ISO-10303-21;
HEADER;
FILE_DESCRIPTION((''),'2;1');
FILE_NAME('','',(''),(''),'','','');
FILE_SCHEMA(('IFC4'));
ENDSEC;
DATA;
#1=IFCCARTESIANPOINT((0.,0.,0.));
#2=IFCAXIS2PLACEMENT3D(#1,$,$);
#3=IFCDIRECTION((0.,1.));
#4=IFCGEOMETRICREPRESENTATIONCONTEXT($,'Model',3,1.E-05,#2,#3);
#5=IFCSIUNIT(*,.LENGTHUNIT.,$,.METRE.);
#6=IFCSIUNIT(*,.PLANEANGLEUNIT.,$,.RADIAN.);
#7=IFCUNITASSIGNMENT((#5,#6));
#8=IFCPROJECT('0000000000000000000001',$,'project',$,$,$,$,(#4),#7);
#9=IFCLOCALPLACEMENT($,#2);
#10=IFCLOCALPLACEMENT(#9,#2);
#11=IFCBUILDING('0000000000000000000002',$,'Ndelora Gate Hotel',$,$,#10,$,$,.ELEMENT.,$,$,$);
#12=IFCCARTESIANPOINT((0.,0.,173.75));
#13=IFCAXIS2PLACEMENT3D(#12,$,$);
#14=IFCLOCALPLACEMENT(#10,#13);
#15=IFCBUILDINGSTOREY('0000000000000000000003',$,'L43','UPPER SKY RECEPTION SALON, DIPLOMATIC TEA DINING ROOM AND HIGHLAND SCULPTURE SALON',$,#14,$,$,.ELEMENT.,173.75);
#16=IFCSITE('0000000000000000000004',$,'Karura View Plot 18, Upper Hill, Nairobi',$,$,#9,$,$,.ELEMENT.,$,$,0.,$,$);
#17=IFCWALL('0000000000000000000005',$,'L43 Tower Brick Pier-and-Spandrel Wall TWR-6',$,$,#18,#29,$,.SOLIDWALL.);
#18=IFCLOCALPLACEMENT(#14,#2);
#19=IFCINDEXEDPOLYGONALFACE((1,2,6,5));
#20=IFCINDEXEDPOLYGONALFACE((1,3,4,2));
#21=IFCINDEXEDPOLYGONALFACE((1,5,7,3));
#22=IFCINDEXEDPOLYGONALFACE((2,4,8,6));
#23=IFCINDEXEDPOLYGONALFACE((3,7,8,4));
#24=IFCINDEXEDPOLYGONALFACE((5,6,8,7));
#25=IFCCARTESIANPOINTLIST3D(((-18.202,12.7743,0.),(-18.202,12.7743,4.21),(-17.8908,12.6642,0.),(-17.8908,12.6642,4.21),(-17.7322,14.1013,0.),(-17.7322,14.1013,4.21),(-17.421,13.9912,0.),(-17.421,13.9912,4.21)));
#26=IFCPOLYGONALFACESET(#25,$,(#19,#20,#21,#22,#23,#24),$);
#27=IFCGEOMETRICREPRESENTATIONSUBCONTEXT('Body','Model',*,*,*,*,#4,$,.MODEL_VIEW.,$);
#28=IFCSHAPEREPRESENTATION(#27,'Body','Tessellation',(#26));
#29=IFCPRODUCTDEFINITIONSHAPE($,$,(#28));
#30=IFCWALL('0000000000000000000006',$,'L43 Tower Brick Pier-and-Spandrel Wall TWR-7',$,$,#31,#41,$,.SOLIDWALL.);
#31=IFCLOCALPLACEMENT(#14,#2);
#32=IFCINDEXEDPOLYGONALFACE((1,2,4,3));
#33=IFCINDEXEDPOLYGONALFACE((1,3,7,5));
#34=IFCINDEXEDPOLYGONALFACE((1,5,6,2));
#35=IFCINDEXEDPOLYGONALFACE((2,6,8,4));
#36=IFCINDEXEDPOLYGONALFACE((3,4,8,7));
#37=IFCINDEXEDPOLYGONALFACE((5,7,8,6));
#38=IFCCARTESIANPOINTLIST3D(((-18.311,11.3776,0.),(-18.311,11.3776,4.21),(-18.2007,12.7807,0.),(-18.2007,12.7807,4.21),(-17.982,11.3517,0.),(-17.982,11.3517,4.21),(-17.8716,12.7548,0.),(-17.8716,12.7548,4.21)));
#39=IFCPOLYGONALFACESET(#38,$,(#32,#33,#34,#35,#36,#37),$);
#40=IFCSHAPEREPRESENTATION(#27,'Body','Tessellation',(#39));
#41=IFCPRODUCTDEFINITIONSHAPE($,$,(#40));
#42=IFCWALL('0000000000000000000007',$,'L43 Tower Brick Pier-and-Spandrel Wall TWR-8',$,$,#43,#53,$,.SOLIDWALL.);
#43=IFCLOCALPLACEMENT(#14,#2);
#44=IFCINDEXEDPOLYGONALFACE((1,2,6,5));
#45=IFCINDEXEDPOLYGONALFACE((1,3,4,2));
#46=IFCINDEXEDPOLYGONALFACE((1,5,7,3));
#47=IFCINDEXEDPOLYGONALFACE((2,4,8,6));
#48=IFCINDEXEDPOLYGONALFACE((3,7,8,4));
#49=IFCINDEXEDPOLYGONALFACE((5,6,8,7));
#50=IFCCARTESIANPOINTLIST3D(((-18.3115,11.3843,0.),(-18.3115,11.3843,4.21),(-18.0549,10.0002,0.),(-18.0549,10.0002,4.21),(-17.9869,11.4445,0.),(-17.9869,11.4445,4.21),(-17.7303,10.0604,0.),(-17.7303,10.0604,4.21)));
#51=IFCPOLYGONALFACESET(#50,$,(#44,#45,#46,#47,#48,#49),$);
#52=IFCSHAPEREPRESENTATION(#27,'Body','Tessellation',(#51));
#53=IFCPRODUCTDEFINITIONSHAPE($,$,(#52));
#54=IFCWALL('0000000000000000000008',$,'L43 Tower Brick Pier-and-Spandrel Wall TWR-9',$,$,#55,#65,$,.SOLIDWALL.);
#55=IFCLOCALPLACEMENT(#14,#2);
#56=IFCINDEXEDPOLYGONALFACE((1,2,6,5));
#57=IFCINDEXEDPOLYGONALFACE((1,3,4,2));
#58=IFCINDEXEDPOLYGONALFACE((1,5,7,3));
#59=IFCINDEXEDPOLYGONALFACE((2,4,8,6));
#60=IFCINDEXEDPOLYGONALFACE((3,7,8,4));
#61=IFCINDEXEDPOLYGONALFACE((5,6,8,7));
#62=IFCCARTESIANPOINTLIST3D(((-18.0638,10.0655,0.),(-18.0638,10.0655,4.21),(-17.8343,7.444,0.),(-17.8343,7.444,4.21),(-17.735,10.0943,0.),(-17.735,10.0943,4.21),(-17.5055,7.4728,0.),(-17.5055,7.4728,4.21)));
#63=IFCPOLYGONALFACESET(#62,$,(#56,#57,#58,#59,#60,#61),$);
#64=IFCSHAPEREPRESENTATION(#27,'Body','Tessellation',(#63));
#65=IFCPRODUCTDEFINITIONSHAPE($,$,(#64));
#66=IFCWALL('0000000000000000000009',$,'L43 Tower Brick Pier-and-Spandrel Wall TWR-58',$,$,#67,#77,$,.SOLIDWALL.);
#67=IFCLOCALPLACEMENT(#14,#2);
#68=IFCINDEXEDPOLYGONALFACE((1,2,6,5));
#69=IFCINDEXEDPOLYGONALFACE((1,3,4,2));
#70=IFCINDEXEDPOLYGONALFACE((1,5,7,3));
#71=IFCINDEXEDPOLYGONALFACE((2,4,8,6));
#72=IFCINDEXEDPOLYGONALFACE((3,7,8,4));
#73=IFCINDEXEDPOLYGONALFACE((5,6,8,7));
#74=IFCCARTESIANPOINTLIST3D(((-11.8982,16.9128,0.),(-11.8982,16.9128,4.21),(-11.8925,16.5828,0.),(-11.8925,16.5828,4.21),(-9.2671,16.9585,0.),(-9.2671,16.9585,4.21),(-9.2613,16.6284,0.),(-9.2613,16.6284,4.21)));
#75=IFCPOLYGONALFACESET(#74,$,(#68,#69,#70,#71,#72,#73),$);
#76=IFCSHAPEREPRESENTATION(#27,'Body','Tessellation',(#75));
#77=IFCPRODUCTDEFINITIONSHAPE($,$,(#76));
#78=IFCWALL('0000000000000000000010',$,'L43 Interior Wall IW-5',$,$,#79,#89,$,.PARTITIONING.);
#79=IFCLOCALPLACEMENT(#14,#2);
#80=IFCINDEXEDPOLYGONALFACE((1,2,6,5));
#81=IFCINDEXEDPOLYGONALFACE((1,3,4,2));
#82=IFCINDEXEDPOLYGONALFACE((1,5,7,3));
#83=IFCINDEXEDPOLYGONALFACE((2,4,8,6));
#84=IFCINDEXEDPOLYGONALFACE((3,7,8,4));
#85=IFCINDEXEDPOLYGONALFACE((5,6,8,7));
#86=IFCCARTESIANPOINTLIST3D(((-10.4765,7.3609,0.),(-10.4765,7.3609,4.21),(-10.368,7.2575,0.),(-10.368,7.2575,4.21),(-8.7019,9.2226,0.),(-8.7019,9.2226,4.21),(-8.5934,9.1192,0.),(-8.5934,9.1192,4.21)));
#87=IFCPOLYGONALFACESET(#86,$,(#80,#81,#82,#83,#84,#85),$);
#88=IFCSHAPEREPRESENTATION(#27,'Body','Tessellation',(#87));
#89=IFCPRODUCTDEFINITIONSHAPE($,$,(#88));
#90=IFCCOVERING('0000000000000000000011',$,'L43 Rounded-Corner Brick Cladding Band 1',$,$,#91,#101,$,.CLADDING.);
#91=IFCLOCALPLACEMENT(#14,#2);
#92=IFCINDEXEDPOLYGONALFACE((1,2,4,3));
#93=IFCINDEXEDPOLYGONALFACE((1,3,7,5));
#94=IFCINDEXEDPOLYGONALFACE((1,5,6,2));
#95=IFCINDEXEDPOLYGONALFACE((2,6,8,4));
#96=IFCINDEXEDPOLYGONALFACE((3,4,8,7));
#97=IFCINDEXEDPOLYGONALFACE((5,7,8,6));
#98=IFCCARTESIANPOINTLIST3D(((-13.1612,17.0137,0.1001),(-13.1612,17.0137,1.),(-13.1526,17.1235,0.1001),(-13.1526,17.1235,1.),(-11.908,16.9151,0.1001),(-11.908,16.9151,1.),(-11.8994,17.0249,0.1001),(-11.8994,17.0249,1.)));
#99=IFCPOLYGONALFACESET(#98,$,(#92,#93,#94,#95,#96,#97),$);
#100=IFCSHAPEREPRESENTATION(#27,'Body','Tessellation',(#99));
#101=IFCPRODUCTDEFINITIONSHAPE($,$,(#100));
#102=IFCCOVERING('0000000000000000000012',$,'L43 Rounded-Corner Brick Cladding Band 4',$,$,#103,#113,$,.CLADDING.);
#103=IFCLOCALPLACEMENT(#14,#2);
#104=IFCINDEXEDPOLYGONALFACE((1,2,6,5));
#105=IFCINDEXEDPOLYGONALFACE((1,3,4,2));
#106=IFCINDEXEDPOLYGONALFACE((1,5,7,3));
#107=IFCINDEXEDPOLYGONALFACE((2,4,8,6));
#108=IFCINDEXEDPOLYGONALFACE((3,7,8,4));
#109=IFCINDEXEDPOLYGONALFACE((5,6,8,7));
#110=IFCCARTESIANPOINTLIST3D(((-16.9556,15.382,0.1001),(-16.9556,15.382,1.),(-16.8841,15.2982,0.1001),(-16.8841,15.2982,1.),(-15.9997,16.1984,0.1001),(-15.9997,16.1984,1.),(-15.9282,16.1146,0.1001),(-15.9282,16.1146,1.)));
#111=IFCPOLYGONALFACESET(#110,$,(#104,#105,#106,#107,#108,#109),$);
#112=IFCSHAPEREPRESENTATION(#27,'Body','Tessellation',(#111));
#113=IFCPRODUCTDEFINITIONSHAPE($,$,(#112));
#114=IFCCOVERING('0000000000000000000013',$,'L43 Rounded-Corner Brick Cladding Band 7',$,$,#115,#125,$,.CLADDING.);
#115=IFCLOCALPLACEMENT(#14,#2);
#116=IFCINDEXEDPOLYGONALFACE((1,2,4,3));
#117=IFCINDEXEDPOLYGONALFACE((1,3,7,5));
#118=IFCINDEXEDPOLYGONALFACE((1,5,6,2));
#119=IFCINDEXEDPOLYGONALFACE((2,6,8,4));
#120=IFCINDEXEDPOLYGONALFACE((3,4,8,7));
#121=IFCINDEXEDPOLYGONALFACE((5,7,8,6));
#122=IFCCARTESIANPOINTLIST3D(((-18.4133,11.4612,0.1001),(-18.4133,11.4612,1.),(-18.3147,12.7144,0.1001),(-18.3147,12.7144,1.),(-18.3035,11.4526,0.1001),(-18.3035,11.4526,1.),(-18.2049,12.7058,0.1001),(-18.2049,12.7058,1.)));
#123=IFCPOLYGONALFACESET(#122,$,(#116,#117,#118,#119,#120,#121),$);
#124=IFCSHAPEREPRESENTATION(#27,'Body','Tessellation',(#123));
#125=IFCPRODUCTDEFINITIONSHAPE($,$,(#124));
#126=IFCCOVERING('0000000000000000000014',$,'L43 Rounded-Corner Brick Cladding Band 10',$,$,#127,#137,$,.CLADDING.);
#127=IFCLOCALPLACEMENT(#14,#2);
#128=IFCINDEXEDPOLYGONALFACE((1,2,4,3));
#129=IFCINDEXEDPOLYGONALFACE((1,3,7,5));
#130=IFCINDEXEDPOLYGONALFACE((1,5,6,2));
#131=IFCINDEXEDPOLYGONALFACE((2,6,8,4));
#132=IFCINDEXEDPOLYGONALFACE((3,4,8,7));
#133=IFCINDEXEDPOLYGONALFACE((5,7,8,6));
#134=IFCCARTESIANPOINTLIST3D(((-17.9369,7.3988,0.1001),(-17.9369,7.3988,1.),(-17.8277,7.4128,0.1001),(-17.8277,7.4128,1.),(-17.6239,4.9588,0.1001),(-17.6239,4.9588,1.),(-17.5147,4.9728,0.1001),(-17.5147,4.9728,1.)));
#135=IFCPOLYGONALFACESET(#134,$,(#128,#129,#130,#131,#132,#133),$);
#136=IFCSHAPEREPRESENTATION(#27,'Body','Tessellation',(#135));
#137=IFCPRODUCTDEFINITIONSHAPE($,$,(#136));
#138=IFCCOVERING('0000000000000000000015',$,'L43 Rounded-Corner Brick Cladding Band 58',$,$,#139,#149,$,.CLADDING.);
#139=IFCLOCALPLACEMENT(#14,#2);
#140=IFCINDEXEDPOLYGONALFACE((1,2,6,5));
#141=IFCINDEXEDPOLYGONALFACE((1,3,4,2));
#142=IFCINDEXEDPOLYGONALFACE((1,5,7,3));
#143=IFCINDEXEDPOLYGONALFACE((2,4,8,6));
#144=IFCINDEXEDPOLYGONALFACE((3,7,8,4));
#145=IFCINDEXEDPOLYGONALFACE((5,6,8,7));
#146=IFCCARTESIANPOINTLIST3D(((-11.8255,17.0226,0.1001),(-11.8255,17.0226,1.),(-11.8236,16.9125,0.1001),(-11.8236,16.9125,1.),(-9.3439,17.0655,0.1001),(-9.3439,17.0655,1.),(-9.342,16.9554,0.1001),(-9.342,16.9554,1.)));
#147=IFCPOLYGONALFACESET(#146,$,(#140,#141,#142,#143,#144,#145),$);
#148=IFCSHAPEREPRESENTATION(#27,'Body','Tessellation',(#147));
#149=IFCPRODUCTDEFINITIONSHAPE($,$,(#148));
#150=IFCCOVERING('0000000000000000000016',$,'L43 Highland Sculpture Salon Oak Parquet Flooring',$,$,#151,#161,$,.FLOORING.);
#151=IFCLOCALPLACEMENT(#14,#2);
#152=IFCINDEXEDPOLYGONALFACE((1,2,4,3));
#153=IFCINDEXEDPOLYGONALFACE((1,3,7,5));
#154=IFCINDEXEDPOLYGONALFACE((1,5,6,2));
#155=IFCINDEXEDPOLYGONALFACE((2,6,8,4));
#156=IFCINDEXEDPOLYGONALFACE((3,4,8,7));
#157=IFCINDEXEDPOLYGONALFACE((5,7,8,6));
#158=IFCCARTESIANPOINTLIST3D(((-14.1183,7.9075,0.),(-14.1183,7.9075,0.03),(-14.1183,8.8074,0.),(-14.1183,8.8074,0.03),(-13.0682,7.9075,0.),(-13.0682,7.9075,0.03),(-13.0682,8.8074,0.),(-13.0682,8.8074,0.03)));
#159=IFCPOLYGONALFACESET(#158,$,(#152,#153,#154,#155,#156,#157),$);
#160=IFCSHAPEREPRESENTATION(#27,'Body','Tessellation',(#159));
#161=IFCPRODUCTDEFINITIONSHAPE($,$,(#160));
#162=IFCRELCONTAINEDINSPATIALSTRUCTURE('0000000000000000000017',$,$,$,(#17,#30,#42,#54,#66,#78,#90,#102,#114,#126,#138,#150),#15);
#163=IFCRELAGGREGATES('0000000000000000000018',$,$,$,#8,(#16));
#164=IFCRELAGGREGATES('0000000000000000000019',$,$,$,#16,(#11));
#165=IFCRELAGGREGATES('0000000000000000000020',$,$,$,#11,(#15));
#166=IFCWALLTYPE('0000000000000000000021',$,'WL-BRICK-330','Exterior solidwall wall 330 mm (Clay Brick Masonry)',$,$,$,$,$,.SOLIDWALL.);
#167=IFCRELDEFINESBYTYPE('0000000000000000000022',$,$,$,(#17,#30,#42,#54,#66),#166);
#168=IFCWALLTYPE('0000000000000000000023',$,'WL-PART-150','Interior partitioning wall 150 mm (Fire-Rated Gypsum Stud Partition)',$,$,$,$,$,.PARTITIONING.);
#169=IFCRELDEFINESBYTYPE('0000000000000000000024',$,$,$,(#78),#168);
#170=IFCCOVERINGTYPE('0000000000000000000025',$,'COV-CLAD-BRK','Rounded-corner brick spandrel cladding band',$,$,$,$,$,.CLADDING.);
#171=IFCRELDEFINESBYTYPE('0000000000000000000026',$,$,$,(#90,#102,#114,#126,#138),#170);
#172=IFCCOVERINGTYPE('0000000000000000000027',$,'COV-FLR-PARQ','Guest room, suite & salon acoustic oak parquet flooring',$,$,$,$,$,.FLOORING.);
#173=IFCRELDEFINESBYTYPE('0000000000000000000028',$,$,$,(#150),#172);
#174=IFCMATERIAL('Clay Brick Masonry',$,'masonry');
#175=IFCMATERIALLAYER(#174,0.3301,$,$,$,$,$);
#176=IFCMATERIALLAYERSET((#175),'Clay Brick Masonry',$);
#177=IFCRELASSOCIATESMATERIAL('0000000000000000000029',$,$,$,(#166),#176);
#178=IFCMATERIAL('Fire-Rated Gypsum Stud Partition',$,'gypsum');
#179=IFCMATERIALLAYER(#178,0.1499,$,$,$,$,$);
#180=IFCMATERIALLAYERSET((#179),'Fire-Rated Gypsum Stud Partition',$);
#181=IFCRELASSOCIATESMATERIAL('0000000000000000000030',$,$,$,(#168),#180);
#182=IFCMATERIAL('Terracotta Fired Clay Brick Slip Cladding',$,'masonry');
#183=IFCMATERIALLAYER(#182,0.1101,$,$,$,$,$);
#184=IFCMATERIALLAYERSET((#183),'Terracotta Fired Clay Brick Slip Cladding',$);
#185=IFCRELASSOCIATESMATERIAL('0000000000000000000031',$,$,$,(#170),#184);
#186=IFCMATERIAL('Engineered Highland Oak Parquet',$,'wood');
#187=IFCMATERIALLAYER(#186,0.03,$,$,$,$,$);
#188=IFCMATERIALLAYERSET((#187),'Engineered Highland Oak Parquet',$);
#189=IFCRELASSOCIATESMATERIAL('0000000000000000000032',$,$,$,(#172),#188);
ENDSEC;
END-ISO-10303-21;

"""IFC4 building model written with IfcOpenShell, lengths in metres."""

from ifc_helpers import new_model, si_unit, direction, frame, frame_2d, origin, origin_2d, place, context, subcontext, project, spatial, rectangle, extrude, material, layer, layer_set, type_object, element, save


model = new_model("IFC4")

# Units and contexts
model_context = context("Model", 3, precision=1e-05, world=origin(), true_north=direction((0.0, 1.0)))
body_context = subcontext(model_context, "Body", "Model", "MODEL_VIEW")
ifc_project = project(units=[si_unit("LENGTHUNIT", "METRE"), si_unit("PLANEANGLEUNIT", "RADIAN")], contexts=[model_context])

# Site, building, storey
site_placement = place(None, origin())
site = spatial("IfcSite", under=ifc_project, at=site_placement, Name="Karura View Plot 18, Upper Hill, Nairobi", CompositionType="ELEMENT", RefElevation=0.0)
building_placement = place(site_placement, origin())
building = spatial("IfcBuilding", under=site, at=building_placement, Name="Ndelora Gate Hotel", CompositionType="ELEMENT")
storey_placement = place(building_placement, frame((0.0, 0.0, 173.75)))
storey = spatial("IfcBuildingStorey", under=building, at=storey_placement, Name="L43", Description="UPPER SKY RECEPTION SALON, DIPLOMATIC TEA DINING ROOM AND HIGHLAND SCULPTURE SALON", CompositionType="ELEMENT", Elevation=173.75)

# Walls
ifc_material_1 = material(Name="Clay Brick Masonry", Category="masonry")
ifc_layer_1 = layer(ifc_material_1, 0.3301)
ifc_layer_set_1 = layer_set([ifc_layer_1], Name="Clay Brick Masonry")
wall_type_1 = type_object("IfcWallType", Name="WL-BRICK-330", Description="Exterior solidwall wall 330 mm (Clay Brick Masonry)", PredefinedType="SOLIDWALL", material=ifc_layer_set_1)
wall_1_placement = place(storey_placement, frame((-18.0464, 12.7192, 0.0), z_axis=(0.0, 0.0, 1.0), x_axis=(0.333709, 0.942676, 0.0)))
element("IfcWall", 1, at=wall_1_placement, inside=storey, type_object=wall_type_1, Name="L43 Tower Brick Pier-and-Spandrel Wall TWR-6", PredefinedType="SOLIDWALL", context=body_context, shape_type="SweptSolid", body=[
    extrude(rectangle(XDim=1.4077, YDim=0.3301, at=frame_2d((0.7039, 0.0))), origin(), (0.0, 0.0, 1.0), 4.21),
])
wall_2_placement = place(storey_placement, frame((-18.1465, 11.3647, 0.0), z_axis=(0.0, 0.0, 1.0), x_axis=(0.078408, 0.996921, 0.0)))
element("IfcWall", 2, at=wall_2_placement, inside=storey, type_object=wall_type_1, Name="L43 Tower Brick Pier-and-Spandrel Wall TWR-7", PredefinedType="SOLIDWALL", context=body_context, shape_type="SweptSolid", body=[
    extrude(rectangle(XDim=1.4075, YDim=0.3301, at=frame_2d((0.7036, 0.0))), origin(), (0.0, 0.0, 1.0), 4.21),
])
wall_3_placement = place(storey_placement, frame((-17.8926, 10.0303, 0.0), z_axis=(0.0, 0.0, 1.0), x_axis=(-0.182288, 0.983245, 0.0)))
element("IfcWall", 3, at=wall_3_placement, inside=storey, type_object=wall_type_1, Name="L43 Tower Brick Pier-and-Spandrel Wall TWR-8", PredefinedType="SOLIDWALL", context=body_context, shape_type="SweptSolid", body=[
    extrude(rectangle(XDim=1.4077, YDim=0.3301, at=frame_2d((0.7039, 0.0))), origin(), (0.0, 0.0, 1.0), 4.21),
])
for number, where, z_axis, x_axis, name in (
    (4, (-17.6699, 7.4583, 0.0), (0.0, 0.0, 1.0), (-0.087206, 0.99619, 0.0), "L43 Tower Brick Pier-and-Spandrel Wall TWR-9"),
    (5, (-11.8955, 16.7478, 0.0), (0.0, 0.0, 1.0), (0.999849, 0.017349, 0.0), "L43 Tower Brick Pier-and-Spandrel Wall TWR-58"),
):
    element("IfcWall", number, at=place(storey_placement, frame(where, z_axis=z_axis, x_axis=x_axis)), inside=storey, type_object=wall_type_1, Name=name, PredefinedType="SOLIDWALL", context=body_context, shape_type="SweptSolid", body=[
        extrude(rectangle(XDim=2.6316, YDim=0.3301, at=frame_2d((1.3159, 0.0))), origin(), (0.0, 0.0, 1.0), 4.21),
    ])
ifc_material_2 = material(Name="Fire-Rated Gypsum Stud Partition", Category="gypsum")
ifc_layer_2 = layer(ifc_material_2, 0.1499)
ifc_layer_set_2 = layer_set([ifc_layer_2], Name="Fire-Rated Gypsum Stud Partition")
wall_type_2 = type_object("IfcWallType", Name="WL-PART-150", Description="Interior partitioning wall 150 mm (Fire-Rated Gypsum Stud Partition)", PredefinedType="PARTITIONING", material=ifc_layer_set_2)
wall_4_placement = place(storey_placement, frame((-10.4224, 7.3091, 0.0), z_axis=(0.0, 0.0, 1.0), x_axis=(0.689961, 0.723847, 0.0)))
element("IfcWall", 6, at=wall_4_placement, inside=storey, type_object=wall_type_2, Name="L43 Interior Wall IW-5", PredefinedType="PARTITIONING", context=body_context, shape_type="SweptSolid", body=[
    extrude(rectangle(XDim=2.572, YDim=0.1499, at=frame_2d((1.2861, 0.0))), origin(), (0.0, 0.0, 1.0), 4.21),
])

# Coverings
ifc_material_3 = material(Name="Terracotta Fired Clay Brick Slip Cladding", Category="masonry")
ifc_layer_3 = layer(ifc_material_3, 0.1101)
ifc_layer_set_3 = layer_set([ifc_layer_3], Name="Terracotta Fired Clay Brick Slip Cladding")
covering_type_1 = type_object("IfcCoveringType", Name="COV-CLAD-BRK", Description="Rounded-corner brick spandrel cladding band", PredefinedType="CLADDING", material=ifc_layer_set_3)
for number, where, z_axis, x_axis, name in (
    (7, (-12.5303, 17.0193, 0.1001), (0.0, 0.0, 1.0), (-0.996917, 0.078459, 0.0), "L43 Rounded-Corner Brick Cladding Band 1"),
    (8, (-16.4419, 15.7483, 0.1001), (0.0, 0.0, 1.0), (0.760406, 0.649448, 0.0), "L43 Rounded-Corner Brick Cladding Band 4"),
    (9, (-18.3091, 12.0835, 0.1001), (0.0, 0.0, 1.0), (0.078459, 0.996917, 0.0), "L43 Rounded-Corner Brick Cladding Band 7"),
):
    element("IfcCovering", number, at=place(storey_placement, frame(where, z_axis=z_axis, x_axis=x_axis)), inside=storey, type_object=covering_type_1, Name=name, PredefinedType="CLADDING", context=body_context, shape_type="SweptSolid", body=[
        extrude(rectangle(XDim=1.2571, YDim=0.1101, at=origin_2d()), origin(), (0.0, 0.0, 1.0), 0.8999),
    ])
covering_1_placement = place(storey_placement, frame((-17.7258, 6.1858, 0.1001), z_axis=(0.0, 0.0, 1.0), x_axis=(-0.127238, 0.991872, 0.0)))
element("IfcCovering", 10, at=covering_1_placement, inside=storey, type_object=covering_type_1, Name="L43 Rounded-Corner Brick Cladding Band 10", PredefinedType="CLADDING", context=body_context, shape_type="SweptSolid", body=[
    extrude(rectangle(XDim=2.46, YDim=0.1101, at=origin_2d()), origin(), (0.0, 0.0, 1.0), 0.8999),
])
covering_2_placement = place(storey_placement, frame((-10.5837, 16.989, 0.1001), z_axis=(0.0, 0.0, 1.0), x_axis=(0.999851, 0.017278, 0.0)))
element("IfcCovering", 11, at=covering_2_placement, inside=storey, type_object=covering_type_1, Name="L43 Rounded-Corner Brick Cladding Band 58", PredefinedType="CLADDING", context=body_context, shape_type="SweptSolid", body=[
    extrude(rectangle(XDim=2.4819, YDim=0.1101, at=origin_2d()), origin(), (0.0, 0.0, 1.0), 0.8999),
])
ifc_material_4 = material(Name="Engineered Highland Oak Parquet", Category="wood")
ifc_layer_4 = layer(ifc_material_4, 0.03)
ifc_layer_set_4 = layer_set([ifc_layer_4], Name="Engineered Highland Oak Parquet")
covering_type_2 = type_object("IfcCoveringType", Name="COV-FLR-PARQ", Description="Guest room, suite & salon acoustic oak parquet flooring", PredefinedType="FLOORING", material=ifc_layer_set_4)
covering_3_placement = place(storey_placement, frame((-13.5933, 8.3574, 0.0), z_axis=(0.0, 0.0, 1.0), x_axis=(1.0, 0.0, 0.0)))
element("IfcCovering", 12, at=covering_3_placement, inside=storey, type_object=covering_type_2, Name="L43 Highland Sculpture Salon Oak Parquet Flooring", PredefinedType="FLOORING", context=body_context, shape_type="SweptSolid", body=[
    extrude(rectangle(XDim=1.05, YDim=0.8999, at=origin_2d()), origin(), (0.0, 0.0, 1.0), 0.03),
])

save(model, "model.ifc")
